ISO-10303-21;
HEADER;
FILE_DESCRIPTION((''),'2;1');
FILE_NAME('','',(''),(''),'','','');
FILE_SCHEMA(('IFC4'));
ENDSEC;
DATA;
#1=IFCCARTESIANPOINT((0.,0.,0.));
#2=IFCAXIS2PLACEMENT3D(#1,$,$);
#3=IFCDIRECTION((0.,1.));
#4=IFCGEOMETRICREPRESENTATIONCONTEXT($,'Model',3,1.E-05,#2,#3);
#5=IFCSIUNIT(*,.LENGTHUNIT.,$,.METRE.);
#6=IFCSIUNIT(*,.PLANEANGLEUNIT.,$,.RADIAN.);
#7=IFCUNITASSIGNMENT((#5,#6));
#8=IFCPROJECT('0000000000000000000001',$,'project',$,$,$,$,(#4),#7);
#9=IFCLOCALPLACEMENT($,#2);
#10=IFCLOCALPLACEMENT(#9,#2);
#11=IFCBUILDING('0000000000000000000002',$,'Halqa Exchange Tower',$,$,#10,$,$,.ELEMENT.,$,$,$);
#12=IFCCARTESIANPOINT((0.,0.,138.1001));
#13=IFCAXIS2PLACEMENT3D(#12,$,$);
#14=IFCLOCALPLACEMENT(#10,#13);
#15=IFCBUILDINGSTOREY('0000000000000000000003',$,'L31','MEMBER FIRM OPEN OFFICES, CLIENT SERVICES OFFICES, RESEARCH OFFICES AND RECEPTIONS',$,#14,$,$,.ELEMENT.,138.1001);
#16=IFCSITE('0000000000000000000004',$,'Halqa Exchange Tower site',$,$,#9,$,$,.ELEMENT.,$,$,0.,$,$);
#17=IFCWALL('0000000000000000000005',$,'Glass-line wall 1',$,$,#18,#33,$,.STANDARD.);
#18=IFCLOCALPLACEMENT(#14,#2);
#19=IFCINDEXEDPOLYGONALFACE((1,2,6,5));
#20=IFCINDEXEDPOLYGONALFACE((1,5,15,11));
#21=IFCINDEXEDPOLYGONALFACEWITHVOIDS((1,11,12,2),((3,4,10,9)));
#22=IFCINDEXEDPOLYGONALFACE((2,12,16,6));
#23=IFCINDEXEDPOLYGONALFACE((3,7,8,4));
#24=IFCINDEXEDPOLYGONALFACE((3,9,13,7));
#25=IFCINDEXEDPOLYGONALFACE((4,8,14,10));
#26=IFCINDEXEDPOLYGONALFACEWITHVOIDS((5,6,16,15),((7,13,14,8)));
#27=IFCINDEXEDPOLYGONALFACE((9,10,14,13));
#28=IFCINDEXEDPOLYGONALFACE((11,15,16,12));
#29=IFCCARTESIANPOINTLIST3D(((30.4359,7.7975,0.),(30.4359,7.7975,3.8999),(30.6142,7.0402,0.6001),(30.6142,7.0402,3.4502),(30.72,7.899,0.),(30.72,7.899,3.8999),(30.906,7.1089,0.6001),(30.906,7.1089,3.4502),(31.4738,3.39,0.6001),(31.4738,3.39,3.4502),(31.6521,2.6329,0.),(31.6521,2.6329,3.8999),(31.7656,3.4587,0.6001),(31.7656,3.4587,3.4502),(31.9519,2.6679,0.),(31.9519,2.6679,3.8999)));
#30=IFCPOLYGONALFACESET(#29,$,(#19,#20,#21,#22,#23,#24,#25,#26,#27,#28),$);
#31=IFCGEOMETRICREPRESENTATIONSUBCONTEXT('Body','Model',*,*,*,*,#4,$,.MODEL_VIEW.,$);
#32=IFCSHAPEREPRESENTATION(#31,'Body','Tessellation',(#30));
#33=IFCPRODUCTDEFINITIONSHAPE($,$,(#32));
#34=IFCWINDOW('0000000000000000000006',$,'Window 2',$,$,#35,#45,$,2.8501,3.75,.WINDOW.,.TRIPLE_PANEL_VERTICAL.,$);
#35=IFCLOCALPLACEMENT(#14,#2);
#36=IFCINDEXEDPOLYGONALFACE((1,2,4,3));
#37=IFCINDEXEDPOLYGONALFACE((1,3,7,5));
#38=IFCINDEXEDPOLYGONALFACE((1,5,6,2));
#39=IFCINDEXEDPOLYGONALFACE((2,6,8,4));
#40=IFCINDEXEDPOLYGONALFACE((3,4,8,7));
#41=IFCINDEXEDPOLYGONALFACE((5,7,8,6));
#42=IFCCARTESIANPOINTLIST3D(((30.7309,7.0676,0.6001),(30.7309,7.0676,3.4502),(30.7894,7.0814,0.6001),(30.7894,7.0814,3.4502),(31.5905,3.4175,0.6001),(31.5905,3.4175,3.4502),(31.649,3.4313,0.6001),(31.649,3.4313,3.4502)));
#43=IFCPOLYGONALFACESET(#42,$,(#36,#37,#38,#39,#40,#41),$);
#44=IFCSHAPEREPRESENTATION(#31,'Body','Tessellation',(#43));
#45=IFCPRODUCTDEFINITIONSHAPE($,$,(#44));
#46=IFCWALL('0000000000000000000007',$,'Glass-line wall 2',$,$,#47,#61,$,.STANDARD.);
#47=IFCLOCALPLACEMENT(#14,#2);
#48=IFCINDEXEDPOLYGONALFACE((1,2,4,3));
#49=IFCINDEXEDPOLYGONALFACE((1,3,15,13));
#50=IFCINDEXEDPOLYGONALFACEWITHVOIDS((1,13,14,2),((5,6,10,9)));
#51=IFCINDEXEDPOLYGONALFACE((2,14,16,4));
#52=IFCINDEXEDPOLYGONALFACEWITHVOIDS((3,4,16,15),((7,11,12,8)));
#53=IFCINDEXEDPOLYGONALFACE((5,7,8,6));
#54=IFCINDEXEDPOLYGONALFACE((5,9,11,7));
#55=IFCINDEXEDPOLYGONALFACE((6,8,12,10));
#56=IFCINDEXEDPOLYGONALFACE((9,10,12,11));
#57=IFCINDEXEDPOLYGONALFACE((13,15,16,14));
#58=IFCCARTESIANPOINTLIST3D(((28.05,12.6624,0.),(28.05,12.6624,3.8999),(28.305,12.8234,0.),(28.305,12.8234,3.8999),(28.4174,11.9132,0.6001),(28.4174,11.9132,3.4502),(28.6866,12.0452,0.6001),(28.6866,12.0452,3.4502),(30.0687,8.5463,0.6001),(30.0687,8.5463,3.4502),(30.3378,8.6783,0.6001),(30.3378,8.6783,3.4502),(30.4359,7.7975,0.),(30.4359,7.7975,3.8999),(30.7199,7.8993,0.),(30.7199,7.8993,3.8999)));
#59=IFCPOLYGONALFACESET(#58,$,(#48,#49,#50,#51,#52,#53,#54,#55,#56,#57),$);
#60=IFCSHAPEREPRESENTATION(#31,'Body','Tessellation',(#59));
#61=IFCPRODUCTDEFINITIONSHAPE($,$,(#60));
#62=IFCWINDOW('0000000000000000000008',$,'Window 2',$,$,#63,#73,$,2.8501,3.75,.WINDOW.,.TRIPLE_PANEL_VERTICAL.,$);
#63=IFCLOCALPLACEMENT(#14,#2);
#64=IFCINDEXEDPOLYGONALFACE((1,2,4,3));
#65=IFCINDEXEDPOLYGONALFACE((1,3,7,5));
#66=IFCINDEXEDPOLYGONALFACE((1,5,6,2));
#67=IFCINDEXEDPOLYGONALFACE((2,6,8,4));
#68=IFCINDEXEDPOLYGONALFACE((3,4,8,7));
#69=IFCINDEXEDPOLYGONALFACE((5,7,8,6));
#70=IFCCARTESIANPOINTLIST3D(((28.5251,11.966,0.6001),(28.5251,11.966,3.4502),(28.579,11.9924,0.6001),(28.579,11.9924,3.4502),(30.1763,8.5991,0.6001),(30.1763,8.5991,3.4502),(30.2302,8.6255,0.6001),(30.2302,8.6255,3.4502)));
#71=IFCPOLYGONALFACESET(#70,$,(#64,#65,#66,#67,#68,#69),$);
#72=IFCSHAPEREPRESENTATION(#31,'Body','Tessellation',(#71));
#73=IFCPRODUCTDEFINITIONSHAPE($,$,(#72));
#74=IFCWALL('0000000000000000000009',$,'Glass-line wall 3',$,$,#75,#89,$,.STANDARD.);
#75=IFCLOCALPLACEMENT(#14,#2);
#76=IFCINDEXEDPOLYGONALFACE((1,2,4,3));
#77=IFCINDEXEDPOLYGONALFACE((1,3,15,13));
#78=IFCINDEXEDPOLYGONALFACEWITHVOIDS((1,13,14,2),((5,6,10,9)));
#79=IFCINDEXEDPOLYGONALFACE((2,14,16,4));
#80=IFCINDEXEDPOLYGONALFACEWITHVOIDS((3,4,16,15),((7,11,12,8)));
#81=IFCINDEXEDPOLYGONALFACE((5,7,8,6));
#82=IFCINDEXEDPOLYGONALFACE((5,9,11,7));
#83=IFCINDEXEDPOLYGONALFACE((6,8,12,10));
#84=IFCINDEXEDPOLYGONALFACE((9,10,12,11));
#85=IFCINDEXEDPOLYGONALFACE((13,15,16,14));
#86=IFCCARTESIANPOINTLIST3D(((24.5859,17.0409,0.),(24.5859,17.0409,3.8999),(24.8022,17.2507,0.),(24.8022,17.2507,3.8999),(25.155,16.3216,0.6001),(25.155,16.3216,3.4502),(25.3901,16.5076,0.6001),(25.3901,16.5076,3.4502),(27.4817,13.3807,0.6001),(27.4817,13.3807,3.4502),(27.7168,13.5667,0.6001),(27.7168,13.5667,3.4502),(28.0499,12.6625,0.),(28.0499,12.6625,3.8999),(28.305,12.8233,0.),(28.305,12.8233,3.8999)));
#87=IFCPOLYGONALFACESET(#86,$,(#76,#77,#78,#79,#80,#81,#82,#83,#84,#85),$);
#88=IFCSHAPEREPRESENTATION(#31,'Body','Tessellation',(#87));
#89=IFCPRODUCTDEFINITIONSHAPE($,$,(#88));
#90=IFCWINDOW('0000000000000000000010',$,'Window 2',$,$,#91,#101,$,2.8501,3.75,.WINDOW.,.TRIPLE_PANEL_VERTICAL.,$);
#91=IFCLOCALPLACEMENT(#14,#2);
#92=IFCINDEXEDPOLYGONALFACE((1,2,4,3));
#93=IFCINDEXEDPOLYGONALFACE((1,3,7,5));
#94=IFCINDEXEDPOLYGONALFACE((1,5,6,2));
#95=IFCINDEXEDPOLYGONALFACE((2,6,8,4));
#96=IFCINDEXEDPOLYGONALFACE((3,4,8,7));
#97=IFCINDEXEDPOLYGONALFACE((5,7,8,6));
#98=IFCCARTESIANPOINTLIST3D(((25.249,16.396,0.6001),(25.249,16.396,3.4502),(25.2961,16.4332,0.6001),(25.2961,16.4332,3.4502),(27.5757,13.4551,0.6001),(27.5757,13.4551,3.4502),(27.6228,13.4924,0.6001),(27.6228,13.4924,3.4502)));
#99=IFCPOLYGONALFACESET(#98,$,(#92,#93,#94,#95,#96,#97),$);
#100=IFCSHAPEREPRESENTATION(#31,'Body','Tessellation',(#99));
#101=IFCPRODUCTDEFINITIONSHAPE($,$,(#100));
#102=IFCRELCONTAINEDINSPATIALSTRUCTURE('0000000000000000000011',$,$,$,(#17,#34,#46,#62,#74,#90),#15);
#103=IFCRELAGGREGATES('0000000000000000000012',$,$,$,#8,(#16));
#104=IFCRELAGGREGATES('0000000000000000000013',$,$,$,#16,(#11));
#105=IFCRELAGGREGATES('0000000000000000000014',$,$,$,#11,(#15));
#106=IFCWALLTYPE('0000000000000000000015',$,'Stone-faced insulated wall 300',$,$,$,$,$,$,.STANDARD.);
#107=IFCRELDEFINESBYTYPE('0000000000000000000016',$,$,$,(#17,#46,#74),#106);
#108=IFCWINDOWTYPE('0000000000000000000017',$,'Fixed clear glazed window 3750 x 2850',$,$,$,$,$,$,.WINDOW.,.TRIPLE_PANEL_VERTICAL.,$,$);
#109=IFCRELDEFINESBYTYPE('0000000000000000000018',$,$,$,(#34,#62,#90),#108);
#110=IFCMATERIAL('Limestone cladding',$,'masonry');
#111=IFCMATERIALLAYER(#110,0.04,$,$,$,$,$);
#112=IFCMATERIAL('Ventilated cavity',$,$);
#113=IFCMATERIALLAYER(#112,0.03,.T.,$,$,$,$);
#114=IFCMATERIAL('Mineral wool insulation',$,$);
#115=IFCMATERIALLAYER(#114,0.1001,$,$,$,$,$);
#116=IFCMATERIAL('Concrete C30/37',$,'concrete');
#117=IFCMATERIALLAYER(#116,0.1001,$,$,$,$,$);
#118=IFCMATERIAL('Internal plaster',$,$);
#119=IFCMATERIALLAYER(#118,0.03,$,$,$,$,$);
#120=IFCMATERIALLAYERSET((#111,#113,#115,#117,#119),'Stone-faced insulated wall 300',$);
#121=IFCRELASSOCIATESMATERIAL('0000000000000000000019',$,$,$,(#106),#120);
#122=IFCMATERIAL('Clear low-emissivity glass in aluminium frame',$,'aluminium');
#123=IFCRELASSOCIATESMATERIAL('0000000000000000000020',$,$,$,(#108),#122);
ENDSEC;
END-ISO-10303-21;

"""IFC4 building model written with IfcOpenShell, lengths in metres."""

from ifc_helpers import new_model, si_unit, direction, frame, frame_2d, origin, place, context, subcontext, project, spatial, polyline, rectangle, outline, extrude, material, layer, layer_set, type_object, element, fill, save


model = new_model("IFC4")

# Units and contexts
model_context = context("Model", 3, precision=1e-05, world=origin(), true_north=direction((0.0, 1.0)))
body_context = subcontext(model_context, "Body", "Model", "MODEL_VIEW")
ifc_project = project(units=[si_unit("LENGTHUNIT", "METRE"), si_unit("PLANEANGLEUNIT", "RADIAN")], contexts=[model_context])

# Site, building, storey
site_placement = place(None, origin())
site = spatial("IfcSite", under=ifc_project, at=site_placement, Name="Halqa Exchange Tower site", CompositionType="ELEMENT", RefElevation=0.0)
building_placement = place(site_placement, origin())
building = spatial("IfcBuilding", under=site, at=building_placement, Name="Halqa Exchange Tower", CompositionType="ELEMENT")
storey_placement = place(building_placement, frame((0.0, 0.0, 138.1001)))
storey = spatial("IfcBuildingStorey", under=building, at=storey_placement, Name="L31", Description="MEMBER FIRM OPEN OFFICES, CLIENT SERVICES OFFICES, RESEARCH OFFICES AND RECEPTIONS", CompositionType="ELEMENT", Elevation=138.1001)

# Walls, openings, windows
ifc_material_1 = material(Name="Limestone cladding", Category="masonry")
ifc_layer_1 = layer(ifc_material_1, 0.04)
ifc_material_2 = material(Name="Ventilated cavity")
ifc_layer_2 = layer(ifc_material_2, 0.03, ventilated=True)
ifc_material_3 = material(Name="Mineral wool insulation")
ifc_layer_3 = layer(ifc_material_3, 0.1001)
ifc_material_4 = material(Name="Concrete C30/37", Category="concrete")
ifc_layer_4 = layer(ifc_material_4, 0.1001)
ifc_material_5 = material(Name="Internal plaster")
ifc_layer_5 = layer(ifc_material_5, 0.03)
ifc_layer_set_1 = layer_set([ifc_layer_1, ifc_layer_2, ifc_layer_3, ifc_layer_4, ifc_layer_5], Name="Stone-faced insulated wall 300")
wall_type_1 = type_object("IfcWallType", Name="Stone-faced insulated wall 300", PredefinedType="STANDARD", material=ifc_layer_set_1)
wall_1_placement = place(storey_placement, frame((31.802, 2.6504, 0.0), z_axis=(0.0, 0.0, 1.0), x_axis=(-0.229228, 0.973373, 0.0)))
wall_1 = element("IfcWall", 1, at=wall_1_placement, inside=storey, type_object=wall_type_1, Name="Glass-line wall 1", PredefinedType="STANDARD", context=body_context, shape_type="SweptSolid", body=[
    extrude(outline(polyline([(-0.0173, -0.1499), (5.3569, -0.1499), (5.3232, 0.1499), (0.0173, 0.1499), (-0.0173, -0.1499)])), origin(), (0.0, 0.0, 1.0), 3.8999),
])
opening_1_placement = place(wall_1_placement, frame((0.7952, 0.0, 0.6001)))
opening_1 = element("IfcOpeningElement", 2, at=opening_1_placement, cuts=wall_1, PredefinedType="OPENING", context=body_context, shape_type="SweptSolid", body=[
    extrude(rectangle(XDim=3.75, YDim=2.8501, at=frame_2d((1.875, 1.425))), frame((0.0, 0.1621, 0.0), z_axis=(0.0, -1.0, 0.0), x_axis=(1.0, 0.0, 0.0)), (0.0, 0.0, 1.0), 0.324),
])
ifc_material_6 = material(Name="Clear low-emissivity glass in aluminium frame", Category="aluminium")
window_type = type_object("IfcWindowType", Name="Fixed clear glazed window 3750 x 2850", PartitioningType="TRIPLE_PANEL_VERTICAL", PredefinedType="WINDOW", material=ifc_material_6)
window_1_placement = place(opening_1_placement, origin())
window_1 = element("IfcWindow", 3, at=window_1_placement, inside=storey, type_object=window_type, Name="Window 2", OverallHeight=2.8501, OverallWidth=3.75, PartitioningType="TRIPLE_PANEL_VERTICAL", PredefinedType="WINDOW", context=body_context, shape_type="SweptSolid", body=[
    extrude(rectangle(XDim=3.75, YDim=2.8501, at=frame_2d((1.875, 1.425))), frame((0.0, 0.03, 0.0), z_axis=(0.0, -1.0, 0.0), x_axis=(1.0, 0.0, 0.0)), (0.0, 0.0, 1.0), 0.0601),
])
fill(opening_1, window_1)
wall_2_placement = place(storey_placement, frame((30.5779, 7.8484, 0.0), z_axis=(0.0, 0.0, 1.0), x_axis=(-0.440321, 0.89784, 0.0)))
wall_2 = element("IfcWall", 4, at=wall_2_placement, inside=storey, type_object=wall_type_1, Name="Glass-line wall 2", PredefinedType="STANDARD", context=body_context, shape_type="SweptSolid", body=[
    extrude(outline(polyline([(-0.0168, -0.1499), (5.4675, -0.1499), (5.4353, 0.1499), (0.0168, 0.1499), (-0.0168, -0.1499)])), origin(), (0.0, 0.0, 1.0), 3.8999),
])
opening_2_placement = place(wall_2_placement, frame((0.8508, 0.0, 0.6001)))
opening_2 = element("IfcOpeningElement", 5, at=opening_2_placement, cuts=wall_2, PredefinedType="OPENING", context=body_context, shape_type="SweptSolid", body=[
    extrude(rectangle(XDim=3.75, YDim=2.8501, at=frame_2d((1.875, 1.425))), frame((0.0, 0.1621, 0.0), z_axis=(0.0, -1.0, 0.0), x_axis=(1.0, 0.0, 0.0)), (0.0, 0.0, 1.0), 0.324),
])
window_2_placement = place(opening_2_placement, origin())
window_2 = element("IfcWindow", 6, at=window_2_placement, inside=storey, type_object=window_type, Name="Window 2", OverallHeight=2.8501, OverallWidth=3.75, PartitioningType="TRIPLE_PANEL_VERTICAL", PredefinedType="WINDOW", context=body_context, shape_type="SweptSolid", body=[
    extrude(rectangle(XDim=3.75, YDim=2.8501, at=frame_2d((1.875, 1.425))), frame((0.0, 0.03, 0.0), z_axis=(0.0, -1.0, 0.0), x_axis=(1.0, 0.0, 0.0)), (0.0, 0.0, 1.0), 0.0601),
])
fill(opening_2, window_2)
wall_3_placement = place(storey_placement, frame((28.1775, 12.7429, 0.0), z_axis=(0.0, 0.0, 1.0), x_axis=(-0.620465, 0.784234, 0.0)))
wall_3 = element("IfcWall", 7, at=wall_3_placement, inside=storey, type_object=wall_type_1, Name="Glass-line wall 3", PredefinedType="STANDARD", context=body_context, shape_type="SweptSolid", body=[
    extrude(outline(polyline([(-0.0161, -0.1499), (5.6294, -0.1499), (5.5991, 0.1499), (0.0161, 0.1499), (-0.0161, -0.1499)])), origin(), (0.0, 0.0, 1.0), 3.8999),
])
opening_3_placement = place(wall_3_placement, frame((0.9319, 0.0, 0.6001)))
opening_3 = element("IfcOpeningElement", 8, at=opening_3_placement, cuts=wall_3, PredefinedType="OPENING", context=body_context, shape_type="SweptSolid", body=[
    extrude(rectangle(XDim=3.75, YDim=2.8501, at=frame_2d((1.875, 1.425))), frame((0.0, 0.1621, 0.0), z_axis=(0.0, -1.0, 0.0), x_axis=(1.0, 0.0, 0.0)), (0.0, 0.0, 1.0), 0.324),
])
window_3_placement = place(opening_3_placement, origin())
window_3 = element("IfcWindow", 9, at=window_3_placement, inside=storey, type_object=window_type, Name="Window 2", OverallHeight=2.8501, OverallWidth=3.75, PartitioningType="TRIPLE_PANEL_VERTICAL", PredefinedType="WINDOW", context=body_context, shape_type="SweptSolid", body=[
    extrude(rectangle(XDim=3.75, YDim=2.8501, at=frame_2d((1.875, 1.425))), frame((0.0, 0.03, 0.0), z_axis=(0.0, -1.0, 0.0), x_axis=(1.0, 0.0, 0.0)), (0.0, 0.0, 1.0), 0.0601),
])
fill(opening_3, window_3)

save(model, "model.ifc")
